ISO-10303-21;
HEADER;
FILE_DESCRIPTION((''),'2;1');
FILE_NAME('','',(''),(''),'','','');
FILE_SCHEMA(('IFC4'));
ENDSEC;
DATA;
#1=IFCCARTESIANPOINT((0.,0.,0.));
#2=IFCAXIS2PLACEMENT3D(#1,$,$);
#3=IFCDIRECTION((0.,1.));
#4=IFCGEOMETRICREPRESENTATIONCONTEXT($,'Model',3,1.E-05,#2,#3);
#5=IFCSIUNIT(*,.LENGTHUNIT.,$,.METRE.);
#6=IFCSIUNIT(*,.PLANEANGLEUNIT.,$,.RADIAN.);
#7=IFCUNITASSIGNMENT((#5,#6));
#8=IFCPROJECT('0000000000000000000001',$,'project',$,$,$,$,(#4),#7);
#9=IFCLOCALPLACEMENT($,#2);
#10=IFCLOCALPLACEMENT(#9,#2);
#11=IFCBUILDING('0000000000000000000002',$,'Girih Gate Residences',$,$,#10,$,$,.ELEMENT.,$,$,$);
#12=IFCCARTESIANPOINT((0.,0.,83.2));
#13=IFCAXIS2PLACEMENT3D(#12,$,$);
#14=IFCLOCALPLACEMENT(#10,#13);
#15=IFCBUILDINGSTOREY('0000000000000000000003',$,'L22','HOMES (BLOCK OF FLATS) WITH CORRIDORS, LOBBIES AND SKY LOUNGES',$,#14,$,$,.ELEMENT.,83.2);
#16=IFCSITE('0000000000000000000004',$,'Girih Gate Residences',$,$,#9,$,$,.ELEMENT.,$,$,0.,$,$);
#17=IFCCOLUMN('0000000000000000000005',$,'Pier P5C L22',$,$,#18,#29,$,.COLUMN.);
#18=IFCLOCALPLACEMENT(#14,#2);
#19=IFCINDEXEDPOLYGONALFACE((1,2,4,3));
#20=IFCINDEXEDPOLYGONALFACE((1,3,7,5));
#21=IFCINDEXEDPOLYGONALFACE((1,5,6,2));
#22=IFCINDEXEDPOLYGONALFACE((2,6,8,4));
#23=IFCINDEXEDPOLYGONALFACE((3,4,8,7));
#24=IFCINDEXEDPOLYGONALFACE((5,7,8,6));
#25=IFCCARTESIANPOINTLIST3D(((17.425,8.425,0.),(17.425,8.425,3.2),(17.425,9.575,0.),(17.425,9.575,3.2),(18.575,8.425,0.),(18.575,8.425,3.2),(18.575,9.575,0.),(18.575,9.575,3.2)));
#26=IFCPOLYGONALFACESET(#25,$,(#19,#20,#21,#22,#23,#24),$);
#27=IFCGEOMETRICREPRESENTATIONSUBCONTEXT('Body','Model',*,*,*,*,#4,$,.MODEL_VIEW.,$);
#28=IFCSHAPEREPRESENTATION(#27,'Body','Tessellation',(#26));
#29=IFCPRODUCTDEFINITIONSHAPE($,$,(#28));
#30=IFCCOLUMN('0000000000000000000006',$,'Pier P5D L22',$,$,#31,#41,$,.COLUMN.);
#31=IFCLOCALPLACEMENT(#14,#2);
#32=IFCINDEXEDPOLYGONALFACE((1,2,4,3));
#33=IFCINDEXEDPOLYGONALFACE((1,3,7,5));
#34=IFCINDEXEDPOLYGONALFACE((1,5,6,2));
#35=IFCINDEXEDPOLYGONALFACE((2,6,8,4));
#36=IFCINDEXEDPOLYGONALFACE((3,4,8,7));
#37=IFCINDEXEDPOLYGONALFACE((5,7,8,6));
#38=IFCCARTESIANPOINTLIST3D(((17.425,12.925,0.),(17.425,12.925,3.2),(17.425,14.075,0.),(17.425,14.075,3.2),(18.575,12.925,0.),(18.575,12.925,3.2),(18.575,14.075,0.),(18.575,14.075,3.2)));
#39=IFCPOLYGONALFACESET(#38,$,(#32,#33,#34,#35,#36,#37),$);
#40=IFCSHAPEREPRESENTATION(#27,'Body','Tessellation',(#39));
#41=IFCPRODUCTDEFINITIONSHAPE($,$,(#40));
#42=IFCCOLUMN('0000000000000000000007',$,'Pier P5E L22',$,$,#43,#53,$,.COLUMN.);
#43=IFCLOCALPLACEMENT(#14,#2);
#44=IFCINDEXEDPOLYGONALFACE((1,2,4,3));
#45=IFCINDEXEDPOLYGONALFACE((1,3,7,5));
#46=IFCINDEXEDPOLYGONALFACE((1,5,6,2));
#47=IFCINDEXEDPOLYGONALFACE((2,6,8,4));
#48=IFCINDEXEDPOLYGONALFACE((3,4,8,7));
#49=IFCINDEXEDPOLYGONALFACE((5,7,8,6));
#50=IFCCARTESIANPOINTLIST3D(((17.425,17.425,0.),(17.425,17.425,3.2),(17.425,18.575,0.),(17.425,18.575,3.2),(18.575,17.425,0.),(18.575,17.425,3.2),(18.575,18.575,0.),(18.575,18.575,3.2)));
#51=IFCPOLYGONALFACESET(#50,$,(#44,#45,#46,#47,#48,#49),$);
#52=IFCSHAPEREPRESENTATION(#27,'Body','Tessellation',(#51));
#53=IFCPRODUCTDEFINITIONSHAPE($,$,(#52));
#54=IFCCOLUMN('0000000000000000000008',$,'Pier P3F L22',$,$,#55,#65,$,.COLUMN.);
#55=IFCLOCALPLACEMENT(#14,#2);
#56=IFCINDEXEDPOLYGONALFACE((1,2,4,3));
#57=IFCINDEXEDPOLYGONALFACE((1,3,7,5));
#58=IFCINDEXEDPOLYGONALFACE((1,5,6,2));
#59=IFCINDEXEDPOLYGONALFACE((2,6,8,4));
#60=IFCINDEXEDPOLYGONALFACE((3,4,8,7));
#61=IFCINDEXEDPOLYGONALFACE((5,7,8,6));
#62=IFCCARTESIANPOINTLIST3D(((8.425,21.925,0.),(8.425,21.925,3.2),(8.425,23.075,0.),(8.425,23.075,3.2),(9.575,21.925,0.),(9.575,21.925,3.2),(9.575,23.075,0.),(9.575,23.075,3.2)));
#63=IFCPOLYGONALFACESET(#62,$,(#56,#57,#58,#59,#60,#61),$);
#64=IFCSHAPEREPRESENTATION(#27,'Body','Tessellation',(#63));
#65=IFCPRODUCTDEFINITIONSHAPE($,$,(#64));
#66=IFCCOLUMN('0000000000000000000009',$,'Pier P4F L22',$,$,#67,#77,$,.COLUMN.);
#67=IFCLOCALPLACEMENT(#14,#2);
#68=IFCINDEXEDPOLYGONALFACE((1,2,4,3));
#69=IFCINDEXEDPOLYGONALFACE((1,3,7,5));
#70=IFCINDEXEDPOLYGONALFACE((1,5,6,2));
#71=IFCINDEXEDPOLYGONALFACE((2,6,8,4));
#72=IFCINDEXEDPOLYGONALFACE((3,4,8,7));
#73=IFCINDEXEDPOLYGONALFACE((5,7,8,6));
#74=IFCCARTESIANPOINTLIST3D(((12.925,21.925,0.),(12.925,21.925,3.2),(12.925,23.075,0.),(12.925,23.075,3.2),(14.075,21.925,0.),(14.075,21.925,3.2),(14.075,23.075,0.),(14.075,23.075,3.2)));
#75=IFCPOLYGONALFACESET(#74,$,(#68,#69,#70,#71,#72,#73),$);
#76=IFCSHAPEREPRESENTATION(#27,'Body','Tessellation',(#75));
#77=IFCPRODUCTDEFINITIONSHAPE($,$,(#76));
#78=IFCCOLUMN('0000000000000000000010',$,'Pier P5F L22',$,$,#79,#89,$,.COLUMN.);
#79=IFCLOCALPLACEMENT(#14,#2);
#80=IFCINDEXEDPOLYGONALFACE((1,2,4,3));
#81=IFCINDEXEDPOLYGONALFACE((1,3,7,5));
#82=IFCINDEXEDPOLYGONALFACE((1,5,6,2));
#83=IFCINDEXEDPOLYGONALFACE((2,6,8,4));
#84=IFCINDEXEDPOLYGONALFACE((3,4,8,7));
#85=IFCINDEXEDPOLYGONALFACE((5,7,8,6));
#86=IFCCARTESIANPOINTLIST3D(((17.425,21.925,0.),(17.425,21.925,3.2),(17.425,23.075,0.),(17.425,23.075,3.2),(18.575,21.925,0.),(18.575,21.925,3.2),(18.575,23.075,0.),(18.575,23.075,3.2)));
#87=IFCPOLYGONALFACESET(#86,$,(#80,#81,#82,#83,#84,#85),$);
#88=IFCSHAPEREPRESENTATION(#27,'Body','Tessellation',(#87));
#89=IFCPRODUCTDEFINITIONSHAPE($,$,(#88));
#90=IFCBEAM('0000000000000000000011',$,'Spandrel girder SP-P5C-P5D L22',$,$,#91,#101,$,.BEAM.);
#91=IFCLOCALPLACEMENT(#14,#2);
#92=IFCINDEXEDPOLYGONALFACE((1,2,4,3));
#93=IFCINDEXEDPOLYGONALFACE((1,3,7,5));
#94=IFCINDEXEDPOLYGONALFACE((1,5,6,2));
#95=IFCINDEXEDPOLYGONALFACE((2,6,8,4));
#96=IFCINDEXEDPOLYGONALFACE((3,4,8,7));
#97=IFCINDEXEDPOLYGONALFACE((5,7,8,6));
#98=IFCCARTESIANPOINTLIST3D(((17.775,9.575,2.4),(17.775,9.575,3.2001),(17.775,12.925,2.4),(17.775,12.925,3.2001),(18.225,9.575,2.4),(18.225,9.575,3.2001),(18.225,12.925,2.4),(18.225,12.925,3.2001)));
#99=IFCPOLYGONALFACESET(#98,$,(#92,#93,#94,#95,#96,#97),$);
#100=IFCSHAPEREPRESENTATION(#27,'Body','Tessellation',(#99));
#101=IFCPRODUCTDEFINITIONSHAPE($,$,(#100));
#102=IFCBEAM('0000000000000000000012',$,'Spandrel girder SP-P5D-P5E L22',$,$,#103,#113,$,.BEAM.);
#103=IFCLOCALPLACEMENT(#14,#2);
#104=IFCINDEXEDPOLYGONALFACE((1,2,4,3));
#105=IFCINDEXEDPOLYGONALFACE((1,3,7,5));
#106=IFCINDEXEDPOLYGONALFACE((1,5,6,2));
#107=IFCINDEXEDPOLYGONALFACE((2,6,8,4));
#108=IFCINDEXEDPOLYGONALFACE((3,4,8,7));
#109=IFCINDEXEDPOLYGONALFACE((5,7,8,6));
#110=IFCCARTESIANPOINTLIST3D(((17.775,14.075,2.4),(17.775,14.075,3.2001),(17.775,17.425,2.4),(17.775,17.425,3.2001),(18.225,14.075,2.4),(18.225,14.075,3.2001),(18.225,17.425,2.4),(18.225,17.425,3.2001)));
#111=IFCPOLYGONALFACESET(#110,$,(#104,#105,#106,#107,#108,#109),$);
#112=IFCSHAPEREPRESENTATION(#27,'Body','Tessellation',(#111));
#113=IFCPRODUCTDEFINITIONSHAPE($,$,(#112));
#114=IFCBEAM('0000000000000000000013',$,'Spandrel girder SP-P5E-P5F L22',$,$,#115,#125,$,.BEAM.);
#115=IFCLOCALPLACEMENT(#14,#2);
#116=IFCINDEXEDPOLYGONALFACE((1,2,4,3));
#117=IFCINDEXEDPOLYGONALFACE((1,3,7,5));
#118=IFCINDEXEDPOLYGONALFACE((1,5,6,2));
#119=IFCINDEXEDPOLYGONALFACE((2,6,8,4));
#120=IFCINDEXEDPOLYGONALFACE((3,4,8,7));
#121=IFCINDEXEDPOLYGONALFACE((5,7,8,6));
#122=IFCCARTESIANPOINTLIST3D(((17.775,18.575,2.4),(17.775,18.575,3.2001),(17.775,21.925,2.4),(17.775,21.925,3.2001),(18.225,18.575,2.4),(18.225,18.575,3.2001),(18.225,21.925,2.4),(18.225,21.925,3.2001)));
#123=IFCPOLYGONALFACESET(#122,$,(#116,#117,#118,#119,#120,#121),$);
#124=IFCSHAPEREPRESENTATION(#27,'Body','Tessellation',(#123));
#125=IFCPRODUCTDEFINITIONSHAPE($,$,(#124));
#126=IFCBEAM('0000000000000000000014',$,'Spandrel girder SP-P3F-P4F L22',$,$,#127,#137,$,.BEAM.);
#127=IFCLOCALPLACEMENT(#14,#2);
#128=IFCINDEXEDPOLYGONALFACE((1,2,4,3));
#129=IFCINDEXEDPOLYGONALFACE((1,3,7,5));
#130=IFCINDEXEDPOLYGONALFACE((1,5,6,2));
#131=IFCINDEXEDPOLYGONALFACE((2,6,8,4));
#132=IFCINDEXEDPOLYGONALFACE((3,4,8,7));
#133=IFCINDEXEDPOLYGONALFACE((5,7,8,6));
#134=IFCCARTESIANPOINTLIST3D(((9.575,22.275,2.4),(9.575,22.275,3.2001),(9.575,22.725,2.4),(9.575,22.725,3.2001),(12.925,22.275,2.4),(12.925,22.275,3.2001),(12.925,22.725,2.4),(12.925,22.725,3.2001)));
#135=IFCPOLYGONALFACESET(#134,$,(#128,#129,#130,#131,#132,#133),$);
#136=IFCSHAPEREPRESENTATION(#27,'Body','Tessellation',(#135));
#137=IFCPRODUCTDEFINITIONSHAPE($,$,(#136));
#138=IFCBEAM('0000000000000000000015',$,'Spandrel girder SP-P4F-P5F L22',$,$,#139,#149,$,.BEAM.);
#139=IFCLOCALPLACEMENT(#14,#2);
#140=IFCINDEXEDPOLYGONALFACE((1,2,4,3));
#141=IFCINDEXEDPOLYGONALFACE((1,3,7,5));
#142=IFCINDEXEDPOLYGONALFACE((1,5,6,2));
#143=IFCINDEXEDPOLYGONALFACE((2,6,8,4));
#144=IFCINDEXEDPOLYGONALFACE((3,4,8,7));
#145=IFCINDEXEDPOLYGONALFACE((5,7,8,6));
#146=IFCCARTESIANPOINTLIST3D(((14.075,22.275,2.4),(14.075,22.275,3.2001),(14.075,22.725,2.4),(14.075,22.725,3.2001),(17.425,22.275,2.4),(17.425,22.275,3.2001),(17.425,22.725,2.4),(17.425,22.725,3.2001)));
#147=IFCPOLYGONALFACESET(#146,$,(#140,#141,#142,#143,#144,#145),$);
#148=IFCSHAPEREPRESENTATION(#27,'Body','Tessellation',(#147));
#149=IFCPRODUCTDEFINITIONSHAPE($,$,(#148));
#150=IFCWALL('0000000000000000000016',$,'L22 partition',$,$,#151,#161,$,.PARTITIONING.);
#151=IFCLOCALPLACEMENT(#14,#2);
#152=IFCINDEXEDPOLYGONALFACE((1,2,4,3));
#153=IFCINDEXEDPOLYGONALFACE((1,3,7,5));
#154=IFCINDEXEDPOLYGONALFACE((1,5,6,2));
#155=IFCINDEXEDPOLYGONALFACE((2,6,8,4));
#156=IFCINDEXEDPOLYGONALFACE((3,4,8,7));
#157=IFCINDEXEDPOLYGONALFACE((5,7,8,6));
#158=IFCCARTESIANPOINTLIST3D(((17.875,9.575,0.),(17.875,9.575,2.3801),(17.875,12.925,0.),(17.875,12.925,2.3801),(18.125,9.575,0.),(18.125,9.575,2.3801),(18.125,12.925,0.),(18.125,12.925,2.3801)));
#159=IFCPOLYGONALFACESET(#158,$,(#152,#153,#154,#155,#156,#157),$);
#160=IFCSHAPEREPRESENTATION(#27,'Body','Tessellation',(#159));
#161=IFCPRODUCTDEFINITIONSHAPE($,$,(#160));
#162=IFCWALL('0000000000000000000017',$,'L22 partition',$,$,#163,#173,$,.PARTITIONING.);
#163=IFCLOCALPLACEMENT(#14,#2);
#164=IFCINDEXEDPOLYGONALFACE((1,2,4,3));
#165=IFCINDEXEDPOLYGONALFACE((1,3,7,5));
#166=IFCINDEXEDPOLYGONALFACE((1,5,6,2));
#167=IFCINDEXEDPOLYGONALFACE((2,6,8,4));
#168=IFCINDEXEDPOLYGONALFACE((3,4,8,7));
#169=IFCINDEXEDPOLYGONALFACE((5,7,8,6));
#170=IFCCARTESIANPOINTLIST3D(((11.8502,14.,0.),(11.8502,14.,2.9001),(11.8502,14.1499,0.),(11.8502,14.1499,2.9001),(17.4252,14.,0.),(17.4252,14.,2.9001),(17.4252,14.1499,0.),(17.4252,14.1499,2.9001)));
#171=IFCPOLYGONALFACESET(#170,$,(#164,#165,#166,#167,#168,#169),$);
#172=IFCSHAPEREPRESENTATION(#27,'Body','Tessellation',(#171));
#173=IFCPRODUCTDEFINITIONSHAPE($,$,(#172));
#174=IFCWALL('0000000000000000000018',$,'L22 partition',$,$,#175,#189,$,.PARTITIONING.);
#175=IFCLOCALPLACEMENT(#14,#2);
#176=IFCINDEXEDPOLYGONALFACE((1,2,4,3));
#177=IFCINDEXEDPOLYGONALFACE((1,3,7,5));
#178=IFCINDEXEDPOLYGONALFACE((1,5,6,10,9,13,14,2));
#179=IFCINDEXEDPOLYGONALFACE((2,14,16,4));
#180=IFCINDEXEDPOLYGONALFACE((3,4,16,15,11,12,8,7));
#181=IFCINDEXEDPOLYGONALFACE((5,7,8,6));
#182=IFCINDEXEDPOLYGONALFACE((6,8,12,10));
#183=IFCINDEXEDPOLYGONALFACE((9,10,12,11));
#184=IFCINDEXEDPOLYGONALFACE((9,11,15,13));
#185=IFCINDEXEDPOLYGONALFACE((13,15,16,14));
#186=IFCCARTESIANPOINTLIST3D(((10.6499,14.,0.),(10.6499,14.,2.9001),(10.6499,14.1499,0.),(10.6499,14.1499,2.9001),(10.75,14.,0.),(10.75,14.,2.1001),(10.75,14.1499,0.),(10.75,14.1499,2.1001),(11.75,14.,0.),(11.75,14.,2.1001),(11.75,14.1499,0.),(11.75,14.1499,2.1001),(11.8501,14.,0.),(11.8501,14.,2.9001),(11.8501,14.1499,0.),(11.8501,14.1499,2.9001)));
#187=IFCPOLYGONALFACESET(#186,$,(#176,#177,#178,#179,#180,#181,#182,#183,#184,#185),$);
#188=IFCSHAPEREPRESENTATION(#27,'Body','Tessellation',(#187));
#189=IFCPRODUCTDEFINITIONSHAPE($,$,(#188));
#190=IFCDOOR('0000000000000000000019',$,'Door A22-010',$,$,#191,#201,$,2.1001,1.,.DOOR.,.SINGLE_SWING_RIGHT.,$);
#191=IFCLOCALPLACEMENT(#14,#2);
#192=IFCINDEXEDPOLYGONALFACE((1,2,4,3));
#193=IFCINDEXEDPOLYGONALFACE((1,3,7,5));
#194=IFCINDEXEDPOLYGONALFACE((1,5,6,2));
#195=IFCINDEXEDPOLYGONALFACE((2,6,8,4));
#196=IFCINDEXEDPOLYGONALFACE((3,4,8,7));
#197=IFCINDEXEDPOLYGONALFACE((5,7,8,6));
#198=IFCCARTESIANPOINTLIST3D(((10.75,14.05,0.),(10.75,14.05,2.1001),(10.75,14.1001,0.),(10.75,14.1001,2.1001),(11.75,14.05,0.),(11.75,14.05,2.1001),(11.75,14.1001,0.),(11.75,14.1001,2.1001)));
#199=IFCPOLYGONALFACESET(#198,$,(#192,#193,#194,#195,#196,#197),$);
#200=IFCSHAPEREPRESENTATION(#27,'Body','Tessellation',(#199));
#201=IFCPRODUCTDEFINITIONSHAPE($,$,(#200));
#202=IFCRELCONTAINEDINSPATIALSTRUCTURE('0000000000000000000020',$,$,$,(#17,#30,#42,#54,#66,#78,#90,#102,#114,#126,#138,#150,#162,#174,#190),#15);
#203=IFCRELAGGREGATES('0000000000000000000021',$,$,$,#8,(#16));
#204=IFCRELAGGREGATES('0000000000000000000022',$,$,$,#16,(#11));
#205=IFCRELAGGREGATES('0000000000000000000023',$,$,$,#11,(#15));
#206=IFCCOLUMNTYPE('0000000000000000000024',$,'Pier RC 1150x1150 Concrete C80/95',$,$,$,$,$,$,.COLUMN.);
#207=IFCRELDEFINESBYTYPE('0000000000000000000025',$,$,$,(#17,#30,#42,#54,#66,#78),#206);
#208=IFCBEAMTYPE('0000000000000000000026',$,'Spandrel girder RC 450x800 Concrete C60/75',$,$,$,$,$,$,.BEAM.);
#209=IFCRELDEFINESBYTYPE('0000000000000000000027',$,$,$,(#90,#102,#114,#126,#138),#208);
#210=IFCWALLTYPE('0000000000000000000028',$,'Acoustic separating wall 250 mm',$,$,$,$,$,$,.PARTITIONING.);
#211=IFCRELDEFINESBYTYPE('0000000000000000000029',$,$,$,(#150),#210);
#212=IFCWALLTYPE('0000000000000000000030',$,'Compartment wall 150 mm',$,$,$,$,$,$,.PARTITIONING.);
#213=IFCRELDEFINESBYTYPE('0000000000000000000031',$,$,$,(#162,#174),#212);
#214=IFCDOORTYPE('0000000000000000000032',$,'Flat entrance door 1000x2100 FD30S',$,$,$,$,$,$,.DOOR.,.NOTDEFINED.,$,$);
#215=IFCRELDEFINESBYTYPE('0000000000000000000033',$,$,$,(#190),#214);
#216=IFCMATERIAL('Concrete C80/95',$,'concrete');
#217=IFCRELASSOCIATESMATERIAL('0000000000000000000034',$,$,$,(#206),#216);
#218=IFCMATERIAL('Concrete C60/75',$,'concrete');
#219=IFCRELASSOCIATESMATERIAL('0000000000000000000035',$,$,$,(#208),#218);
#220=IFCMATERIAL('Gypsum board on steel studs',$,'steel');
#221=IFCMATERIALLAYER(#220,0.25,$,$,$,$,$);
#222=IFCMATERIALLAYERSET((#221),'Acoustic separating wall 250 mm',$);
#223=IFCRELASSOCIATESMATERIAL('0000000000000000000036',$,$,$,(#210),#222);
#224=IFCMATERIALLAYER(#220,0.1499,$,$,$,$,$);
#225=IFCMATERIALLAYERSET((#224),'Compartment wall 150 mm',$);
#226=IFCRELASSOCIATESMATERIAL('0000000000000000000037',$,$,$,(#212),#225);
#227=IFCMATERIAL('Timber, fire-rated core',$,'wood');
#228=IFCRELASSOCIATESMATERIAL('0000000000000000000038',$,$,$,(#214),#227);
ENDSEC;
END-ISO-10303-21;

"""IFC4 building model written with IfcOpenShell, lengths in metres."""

from ifc_helpers import new_model, si_unit, direction, frame, frame_2d, origin, origin_2d, place, context, subcontext, project, spatial, rectangle, extrude, material, layer, layer_set, material_profile, profile_set, type_object, element, fill, save


model = new_model("IFC4")

# Units and contexts
model_context = context("Model", 3, precision=1e-05, world=origin(), true_north=direction((0.0, 1.0)))
body_context = subcontext(model_context, "Body", "Model", "MODEL_VIEW")
ifc_project = project(units=[si_unit("LENGTHUNIT", "METRE"), si_unit("PLANEANGLEUNIT", "RADIAN")], contexts=[model_context])

# Site, building, storey
site_placement = place(None, origin())
site = spatial("IfcSite", under=ifc_project, at=site_placement, Name="Girih Gate Residences", CompositionType="ELEMENT", RefElevation=0.0)
building_placement = place(site_placement, origin())
building = spatial("IfcBuilding", under=site, at=building_placement, Name="Girih Gate Residences", CompositionType="ELEMENT")
storey_placement = place(building_placement, frame((0.0, 0.0, 83.2)))
storey = spatial("IfcBuildingStorey", under=building, at=storey_placement, Name="L22", Description="HOMES (BLOCK OF FLATS) WITH CORRIDORS, LOBBIES AND SKY LOUNGES", CompositionType="ELEMENT", Elevation=83.2)

# Columns
ifc_material_1 = material(Name="Concrete C80/95", Category="concrete")
ifc_material_profile_1 = material_profile(ifc_material_1, rectangle(XDim=1.1499, YDim=1.1499, at=origin_2d()))
ifc_profile_set_1 = profile_set([ifc_material_profile_1], Name="Concrete C80/95")
column_type = type_object("IfcColumnType", Name="Pier RC 1150x1150 Concrete C80/95", PredefinedType="COLUMN", material=ifc_profile_set_1)
for number, where, z_axis, x_axis, name in (
    (1, (18.0, 9.0, 0.0), (0.0, 0.0, 1.0), (1.0, 0.0, 0.0), "Pier P5C L22"),
    (2, (18.0, 13.5, 0.0), (0.0, 0.0, 1.0), (1.0, 0.0, 0.0), "Pier P5D L22"),
    (3, (18.0, 18.0, 0.0), (0.0, 0.0, 1.0), (1.0, 0.0, 0.0), "Pier P5E L22"),
    (4, (9.0, 22.5, 0.0), (0.0, 0.0, 1.0), (1.0, 0.0, 0.0), "Pier P3F L22"),
    (5, (13.5, 22.5, 0.0), (0.0, 0.0, 1.0), (1.0, 0.0, 0.0), "Pier P4F L22"),
    (6, (18.0, 22.5, 0.0), (0.0, 0.0, 1.0), (1.0, 0.0, 0.0), "Pier P5F L22"),
):
    element("IfcColumn", number, at=place(storey_placement, frame(where, z_axis=z_axis, x_axis=x_axis)), inside=storey, type_object=column_type, Name=name, PredefinedType="COLUMN", context=body_context, shape_type="SweptSolid", body=[
        extrude(rectangle(XDim=1.1499, YDim=1.1499, at=origin_2d()), origin(), (0.0, 0.0, 1.0), 3.2),
    ])

# Beams
ifc_material_2 = material(Name="Concrete C60/75", Category="concrete")
ifc_material_profile_2 = material_profile(ifc_material_2, rectangle(XDim=0.45, YDim=0.8, at=origin_2d()))
ifc_profile_set_2 = profile_set([ifc_material_profile_2], Name="Concrete C60/75")
beam_type = type_object("IfcBeamType", Name="Spandrel girder RC 450x800 Concrete C60/75", PredefinedType="BEAM", material=ifc_profile_set_2)
for number, where, z_axis, x_axis, name in (
    (7, (18.0, 9.575, 2.8), (0.0, 1.0, 0.0), (-1.0, 0.0, 0.0), "Spandrel girder SP-P5C-P5D L22"),
    (8, (18.0, 14.075, 2.8), (0.0, 1.0, 0.0), (-1.0, 0.0, 0.0), "Spandrel girder SP-P5D-P5E L22"),
    (9, (18.0, 18.575, 2.8), (0.0, 1.0, 0.0), (-1.0, 0.0, 0.0), "Spandrel girder SP-P5E-P5F L22"),
    (10, (9.575, 22.5, 2.8), (1.0, 0.0, 0.0), (0.0, 1.0, 0.0), "Spandrel girder SP-P3F-P4F L22"),
    (11, (14.075, 22.5, 2.8), (1.0, 0.0, 0.0), (0.0, 1.0, 0.0), "Spandrel girder SP-P4F-P5F L22"),
):
    element("IfcBeam", number, at=place(storey_placement, frame(where, z_axis=z_axis, x_axis=x_axis)), inside=storey, type_object=beam_type, Name=name, PredefinedType="BEAM", context=body_context, shape_type="SweptSolid", body=[
        extrude(rectangle(XDim=0.45, YDim=0.8, at=origin_2d()), origin(), (0.0, 0.0, 1.0), 3.3501),
    ])

# Walls
ifc_material_3 = material(Name="Gypsum board on steel studs", Category="steel")
ifc_layer_1 = layer(ifc_material_3, 0.25)
ifc_layer_set_1 = layer_set([ifc_layer_1], Name="Acoustic separating wall 250 mm")
wall_type_1 = type_object("IfcWallType", Name="Acoustic separating wall 250 mm", PredefinedType="PARTITIONING", material=ifc_layer_set_1)
wall_1_placement = place(storey_placement, frame((18.0, 9.575, 0.0), z_axis=(0.0, 0.0, 1.0), x_axis=(0.0, 1.0, 0.0)))
element("IfcWall", 12, at=wall_1_placement, inside=storey, type_object=wall_type_1, Name="L22 partition", PredefinedType="PARTITIONING", context=body_context, shape_type="SweptSolid", body=[
    extrude(rectangle(XDim=3.3501, YDim=0.25, at=frame_2d((1.675, 0.0))), origin(), (0.0, 0.0, 1.0), 2.3801),
])
ifc_layer_2 = layer(ifc_material_3, 0.1499)
ifc_layer_set_2 = layer_set([ifc_layer_2], Name="Compartment wall 150 mm")
wall_type_2 = type_object("IfcWallType", Name="Compartment wall 150 mm", PredefinedType="PARTITIONING", material=ifc_layer_set_2)
wall_2_placement = place(storey_placement, frame((11.8501, 14.075, 0.0), z_axis=(0.0, 0.0, 1.0), x_axis=(1.0, 0.0, 0.0)))
element("IfcWall", 13, at=wall_2_placement, inside=storey, type_object=wall_type_2, Name="L22 partition", PredefinedType="PARTITIONING", context=body_context, shape_type="SweptSolid", body=[
    extrude(rectangle(XDim=5.575, YDim=0.1499, at=frame_2d((2.7876, 0.0))), origin(), (0.0, 0.0, 1.0), 2.9001),
])

# Wall, opening, door
wall_3_placement = place(storey_placement, frame((11.8501, 14.075, 0.0), z_axis=(0.0, 0.0, 1.0), x_axis=(-1.0, 0.0, 0.0)))
wall_3 = element("IfcWall", 14, at=wall_3_placement, inside=storey, type_object=wall_type_2, Name="L22 partition", PredefinedType="PARTITIONING", context=body_context, shape_type="SweptSolid", body=[
    extrude(rectangle(XDim=1.2002, YDim=0.1499, at=frame_2d((0.6001, 0.0))), origin(), (0.0, 0.0, 1.0), 2.9001),
])
opening_1_placement = place(wall_3_placement, frame((0.1001, 0.0, 0.0)))
opening_1 = element("IfcOpeningElement", 15, at=opening_1_placement, cuts=wall_3, PredefinedType="OPENING", context=body_context, shape_type="SweptSolid", body=[
    extrude(rectangle(XDim=1.0, YDim=2.1001, at=frame_2d((0.5, 1.05))), frame((0.0, 0.085, 0.0), z_axis=(0.0, -1.0, 0.0), x_axis=(1.0, 0.0, 0.0)), (0.0, 0.0, 1.0), 0.1699),
])
ifc_material_4 = material(Name="Timber, fire-rated core", Category="wood")
door_type_1 = type_object("IfcDoorType", Name="Flat entrance door 1000x2100 FD30S", OperationType="NOTDEFINED", PredefinedType="DOOR", material=ifc_material_4)
door_1_placement = place(opening_1_placement, origin())
door_1 = element("IfcDoor", 16, at=door_1_placement, inside=storey, type_object=door_type_1, Name="Door A22-010", OperationType="SINGLE_SWING_RIGHT", OverallHeight=2.1001, OverallWidth=1.0, PredefinedType="DOOR", context=body_context, shape_type="SweptSolid", body=[
    extrude(rectangle(XDim=1.0, YDim=2.1001, at=frame_2d((0.5, 1.05))), frame((0.0, 0.0249, 0.0), z_axis=(0.0, -1.0, 0.0), x_axis=(1.0, 0.0, 0.0)), (0.0, 0.0, 1.0), 0.05),
])
fill(opening_1, door_1)

save(model, "model.ifc")
